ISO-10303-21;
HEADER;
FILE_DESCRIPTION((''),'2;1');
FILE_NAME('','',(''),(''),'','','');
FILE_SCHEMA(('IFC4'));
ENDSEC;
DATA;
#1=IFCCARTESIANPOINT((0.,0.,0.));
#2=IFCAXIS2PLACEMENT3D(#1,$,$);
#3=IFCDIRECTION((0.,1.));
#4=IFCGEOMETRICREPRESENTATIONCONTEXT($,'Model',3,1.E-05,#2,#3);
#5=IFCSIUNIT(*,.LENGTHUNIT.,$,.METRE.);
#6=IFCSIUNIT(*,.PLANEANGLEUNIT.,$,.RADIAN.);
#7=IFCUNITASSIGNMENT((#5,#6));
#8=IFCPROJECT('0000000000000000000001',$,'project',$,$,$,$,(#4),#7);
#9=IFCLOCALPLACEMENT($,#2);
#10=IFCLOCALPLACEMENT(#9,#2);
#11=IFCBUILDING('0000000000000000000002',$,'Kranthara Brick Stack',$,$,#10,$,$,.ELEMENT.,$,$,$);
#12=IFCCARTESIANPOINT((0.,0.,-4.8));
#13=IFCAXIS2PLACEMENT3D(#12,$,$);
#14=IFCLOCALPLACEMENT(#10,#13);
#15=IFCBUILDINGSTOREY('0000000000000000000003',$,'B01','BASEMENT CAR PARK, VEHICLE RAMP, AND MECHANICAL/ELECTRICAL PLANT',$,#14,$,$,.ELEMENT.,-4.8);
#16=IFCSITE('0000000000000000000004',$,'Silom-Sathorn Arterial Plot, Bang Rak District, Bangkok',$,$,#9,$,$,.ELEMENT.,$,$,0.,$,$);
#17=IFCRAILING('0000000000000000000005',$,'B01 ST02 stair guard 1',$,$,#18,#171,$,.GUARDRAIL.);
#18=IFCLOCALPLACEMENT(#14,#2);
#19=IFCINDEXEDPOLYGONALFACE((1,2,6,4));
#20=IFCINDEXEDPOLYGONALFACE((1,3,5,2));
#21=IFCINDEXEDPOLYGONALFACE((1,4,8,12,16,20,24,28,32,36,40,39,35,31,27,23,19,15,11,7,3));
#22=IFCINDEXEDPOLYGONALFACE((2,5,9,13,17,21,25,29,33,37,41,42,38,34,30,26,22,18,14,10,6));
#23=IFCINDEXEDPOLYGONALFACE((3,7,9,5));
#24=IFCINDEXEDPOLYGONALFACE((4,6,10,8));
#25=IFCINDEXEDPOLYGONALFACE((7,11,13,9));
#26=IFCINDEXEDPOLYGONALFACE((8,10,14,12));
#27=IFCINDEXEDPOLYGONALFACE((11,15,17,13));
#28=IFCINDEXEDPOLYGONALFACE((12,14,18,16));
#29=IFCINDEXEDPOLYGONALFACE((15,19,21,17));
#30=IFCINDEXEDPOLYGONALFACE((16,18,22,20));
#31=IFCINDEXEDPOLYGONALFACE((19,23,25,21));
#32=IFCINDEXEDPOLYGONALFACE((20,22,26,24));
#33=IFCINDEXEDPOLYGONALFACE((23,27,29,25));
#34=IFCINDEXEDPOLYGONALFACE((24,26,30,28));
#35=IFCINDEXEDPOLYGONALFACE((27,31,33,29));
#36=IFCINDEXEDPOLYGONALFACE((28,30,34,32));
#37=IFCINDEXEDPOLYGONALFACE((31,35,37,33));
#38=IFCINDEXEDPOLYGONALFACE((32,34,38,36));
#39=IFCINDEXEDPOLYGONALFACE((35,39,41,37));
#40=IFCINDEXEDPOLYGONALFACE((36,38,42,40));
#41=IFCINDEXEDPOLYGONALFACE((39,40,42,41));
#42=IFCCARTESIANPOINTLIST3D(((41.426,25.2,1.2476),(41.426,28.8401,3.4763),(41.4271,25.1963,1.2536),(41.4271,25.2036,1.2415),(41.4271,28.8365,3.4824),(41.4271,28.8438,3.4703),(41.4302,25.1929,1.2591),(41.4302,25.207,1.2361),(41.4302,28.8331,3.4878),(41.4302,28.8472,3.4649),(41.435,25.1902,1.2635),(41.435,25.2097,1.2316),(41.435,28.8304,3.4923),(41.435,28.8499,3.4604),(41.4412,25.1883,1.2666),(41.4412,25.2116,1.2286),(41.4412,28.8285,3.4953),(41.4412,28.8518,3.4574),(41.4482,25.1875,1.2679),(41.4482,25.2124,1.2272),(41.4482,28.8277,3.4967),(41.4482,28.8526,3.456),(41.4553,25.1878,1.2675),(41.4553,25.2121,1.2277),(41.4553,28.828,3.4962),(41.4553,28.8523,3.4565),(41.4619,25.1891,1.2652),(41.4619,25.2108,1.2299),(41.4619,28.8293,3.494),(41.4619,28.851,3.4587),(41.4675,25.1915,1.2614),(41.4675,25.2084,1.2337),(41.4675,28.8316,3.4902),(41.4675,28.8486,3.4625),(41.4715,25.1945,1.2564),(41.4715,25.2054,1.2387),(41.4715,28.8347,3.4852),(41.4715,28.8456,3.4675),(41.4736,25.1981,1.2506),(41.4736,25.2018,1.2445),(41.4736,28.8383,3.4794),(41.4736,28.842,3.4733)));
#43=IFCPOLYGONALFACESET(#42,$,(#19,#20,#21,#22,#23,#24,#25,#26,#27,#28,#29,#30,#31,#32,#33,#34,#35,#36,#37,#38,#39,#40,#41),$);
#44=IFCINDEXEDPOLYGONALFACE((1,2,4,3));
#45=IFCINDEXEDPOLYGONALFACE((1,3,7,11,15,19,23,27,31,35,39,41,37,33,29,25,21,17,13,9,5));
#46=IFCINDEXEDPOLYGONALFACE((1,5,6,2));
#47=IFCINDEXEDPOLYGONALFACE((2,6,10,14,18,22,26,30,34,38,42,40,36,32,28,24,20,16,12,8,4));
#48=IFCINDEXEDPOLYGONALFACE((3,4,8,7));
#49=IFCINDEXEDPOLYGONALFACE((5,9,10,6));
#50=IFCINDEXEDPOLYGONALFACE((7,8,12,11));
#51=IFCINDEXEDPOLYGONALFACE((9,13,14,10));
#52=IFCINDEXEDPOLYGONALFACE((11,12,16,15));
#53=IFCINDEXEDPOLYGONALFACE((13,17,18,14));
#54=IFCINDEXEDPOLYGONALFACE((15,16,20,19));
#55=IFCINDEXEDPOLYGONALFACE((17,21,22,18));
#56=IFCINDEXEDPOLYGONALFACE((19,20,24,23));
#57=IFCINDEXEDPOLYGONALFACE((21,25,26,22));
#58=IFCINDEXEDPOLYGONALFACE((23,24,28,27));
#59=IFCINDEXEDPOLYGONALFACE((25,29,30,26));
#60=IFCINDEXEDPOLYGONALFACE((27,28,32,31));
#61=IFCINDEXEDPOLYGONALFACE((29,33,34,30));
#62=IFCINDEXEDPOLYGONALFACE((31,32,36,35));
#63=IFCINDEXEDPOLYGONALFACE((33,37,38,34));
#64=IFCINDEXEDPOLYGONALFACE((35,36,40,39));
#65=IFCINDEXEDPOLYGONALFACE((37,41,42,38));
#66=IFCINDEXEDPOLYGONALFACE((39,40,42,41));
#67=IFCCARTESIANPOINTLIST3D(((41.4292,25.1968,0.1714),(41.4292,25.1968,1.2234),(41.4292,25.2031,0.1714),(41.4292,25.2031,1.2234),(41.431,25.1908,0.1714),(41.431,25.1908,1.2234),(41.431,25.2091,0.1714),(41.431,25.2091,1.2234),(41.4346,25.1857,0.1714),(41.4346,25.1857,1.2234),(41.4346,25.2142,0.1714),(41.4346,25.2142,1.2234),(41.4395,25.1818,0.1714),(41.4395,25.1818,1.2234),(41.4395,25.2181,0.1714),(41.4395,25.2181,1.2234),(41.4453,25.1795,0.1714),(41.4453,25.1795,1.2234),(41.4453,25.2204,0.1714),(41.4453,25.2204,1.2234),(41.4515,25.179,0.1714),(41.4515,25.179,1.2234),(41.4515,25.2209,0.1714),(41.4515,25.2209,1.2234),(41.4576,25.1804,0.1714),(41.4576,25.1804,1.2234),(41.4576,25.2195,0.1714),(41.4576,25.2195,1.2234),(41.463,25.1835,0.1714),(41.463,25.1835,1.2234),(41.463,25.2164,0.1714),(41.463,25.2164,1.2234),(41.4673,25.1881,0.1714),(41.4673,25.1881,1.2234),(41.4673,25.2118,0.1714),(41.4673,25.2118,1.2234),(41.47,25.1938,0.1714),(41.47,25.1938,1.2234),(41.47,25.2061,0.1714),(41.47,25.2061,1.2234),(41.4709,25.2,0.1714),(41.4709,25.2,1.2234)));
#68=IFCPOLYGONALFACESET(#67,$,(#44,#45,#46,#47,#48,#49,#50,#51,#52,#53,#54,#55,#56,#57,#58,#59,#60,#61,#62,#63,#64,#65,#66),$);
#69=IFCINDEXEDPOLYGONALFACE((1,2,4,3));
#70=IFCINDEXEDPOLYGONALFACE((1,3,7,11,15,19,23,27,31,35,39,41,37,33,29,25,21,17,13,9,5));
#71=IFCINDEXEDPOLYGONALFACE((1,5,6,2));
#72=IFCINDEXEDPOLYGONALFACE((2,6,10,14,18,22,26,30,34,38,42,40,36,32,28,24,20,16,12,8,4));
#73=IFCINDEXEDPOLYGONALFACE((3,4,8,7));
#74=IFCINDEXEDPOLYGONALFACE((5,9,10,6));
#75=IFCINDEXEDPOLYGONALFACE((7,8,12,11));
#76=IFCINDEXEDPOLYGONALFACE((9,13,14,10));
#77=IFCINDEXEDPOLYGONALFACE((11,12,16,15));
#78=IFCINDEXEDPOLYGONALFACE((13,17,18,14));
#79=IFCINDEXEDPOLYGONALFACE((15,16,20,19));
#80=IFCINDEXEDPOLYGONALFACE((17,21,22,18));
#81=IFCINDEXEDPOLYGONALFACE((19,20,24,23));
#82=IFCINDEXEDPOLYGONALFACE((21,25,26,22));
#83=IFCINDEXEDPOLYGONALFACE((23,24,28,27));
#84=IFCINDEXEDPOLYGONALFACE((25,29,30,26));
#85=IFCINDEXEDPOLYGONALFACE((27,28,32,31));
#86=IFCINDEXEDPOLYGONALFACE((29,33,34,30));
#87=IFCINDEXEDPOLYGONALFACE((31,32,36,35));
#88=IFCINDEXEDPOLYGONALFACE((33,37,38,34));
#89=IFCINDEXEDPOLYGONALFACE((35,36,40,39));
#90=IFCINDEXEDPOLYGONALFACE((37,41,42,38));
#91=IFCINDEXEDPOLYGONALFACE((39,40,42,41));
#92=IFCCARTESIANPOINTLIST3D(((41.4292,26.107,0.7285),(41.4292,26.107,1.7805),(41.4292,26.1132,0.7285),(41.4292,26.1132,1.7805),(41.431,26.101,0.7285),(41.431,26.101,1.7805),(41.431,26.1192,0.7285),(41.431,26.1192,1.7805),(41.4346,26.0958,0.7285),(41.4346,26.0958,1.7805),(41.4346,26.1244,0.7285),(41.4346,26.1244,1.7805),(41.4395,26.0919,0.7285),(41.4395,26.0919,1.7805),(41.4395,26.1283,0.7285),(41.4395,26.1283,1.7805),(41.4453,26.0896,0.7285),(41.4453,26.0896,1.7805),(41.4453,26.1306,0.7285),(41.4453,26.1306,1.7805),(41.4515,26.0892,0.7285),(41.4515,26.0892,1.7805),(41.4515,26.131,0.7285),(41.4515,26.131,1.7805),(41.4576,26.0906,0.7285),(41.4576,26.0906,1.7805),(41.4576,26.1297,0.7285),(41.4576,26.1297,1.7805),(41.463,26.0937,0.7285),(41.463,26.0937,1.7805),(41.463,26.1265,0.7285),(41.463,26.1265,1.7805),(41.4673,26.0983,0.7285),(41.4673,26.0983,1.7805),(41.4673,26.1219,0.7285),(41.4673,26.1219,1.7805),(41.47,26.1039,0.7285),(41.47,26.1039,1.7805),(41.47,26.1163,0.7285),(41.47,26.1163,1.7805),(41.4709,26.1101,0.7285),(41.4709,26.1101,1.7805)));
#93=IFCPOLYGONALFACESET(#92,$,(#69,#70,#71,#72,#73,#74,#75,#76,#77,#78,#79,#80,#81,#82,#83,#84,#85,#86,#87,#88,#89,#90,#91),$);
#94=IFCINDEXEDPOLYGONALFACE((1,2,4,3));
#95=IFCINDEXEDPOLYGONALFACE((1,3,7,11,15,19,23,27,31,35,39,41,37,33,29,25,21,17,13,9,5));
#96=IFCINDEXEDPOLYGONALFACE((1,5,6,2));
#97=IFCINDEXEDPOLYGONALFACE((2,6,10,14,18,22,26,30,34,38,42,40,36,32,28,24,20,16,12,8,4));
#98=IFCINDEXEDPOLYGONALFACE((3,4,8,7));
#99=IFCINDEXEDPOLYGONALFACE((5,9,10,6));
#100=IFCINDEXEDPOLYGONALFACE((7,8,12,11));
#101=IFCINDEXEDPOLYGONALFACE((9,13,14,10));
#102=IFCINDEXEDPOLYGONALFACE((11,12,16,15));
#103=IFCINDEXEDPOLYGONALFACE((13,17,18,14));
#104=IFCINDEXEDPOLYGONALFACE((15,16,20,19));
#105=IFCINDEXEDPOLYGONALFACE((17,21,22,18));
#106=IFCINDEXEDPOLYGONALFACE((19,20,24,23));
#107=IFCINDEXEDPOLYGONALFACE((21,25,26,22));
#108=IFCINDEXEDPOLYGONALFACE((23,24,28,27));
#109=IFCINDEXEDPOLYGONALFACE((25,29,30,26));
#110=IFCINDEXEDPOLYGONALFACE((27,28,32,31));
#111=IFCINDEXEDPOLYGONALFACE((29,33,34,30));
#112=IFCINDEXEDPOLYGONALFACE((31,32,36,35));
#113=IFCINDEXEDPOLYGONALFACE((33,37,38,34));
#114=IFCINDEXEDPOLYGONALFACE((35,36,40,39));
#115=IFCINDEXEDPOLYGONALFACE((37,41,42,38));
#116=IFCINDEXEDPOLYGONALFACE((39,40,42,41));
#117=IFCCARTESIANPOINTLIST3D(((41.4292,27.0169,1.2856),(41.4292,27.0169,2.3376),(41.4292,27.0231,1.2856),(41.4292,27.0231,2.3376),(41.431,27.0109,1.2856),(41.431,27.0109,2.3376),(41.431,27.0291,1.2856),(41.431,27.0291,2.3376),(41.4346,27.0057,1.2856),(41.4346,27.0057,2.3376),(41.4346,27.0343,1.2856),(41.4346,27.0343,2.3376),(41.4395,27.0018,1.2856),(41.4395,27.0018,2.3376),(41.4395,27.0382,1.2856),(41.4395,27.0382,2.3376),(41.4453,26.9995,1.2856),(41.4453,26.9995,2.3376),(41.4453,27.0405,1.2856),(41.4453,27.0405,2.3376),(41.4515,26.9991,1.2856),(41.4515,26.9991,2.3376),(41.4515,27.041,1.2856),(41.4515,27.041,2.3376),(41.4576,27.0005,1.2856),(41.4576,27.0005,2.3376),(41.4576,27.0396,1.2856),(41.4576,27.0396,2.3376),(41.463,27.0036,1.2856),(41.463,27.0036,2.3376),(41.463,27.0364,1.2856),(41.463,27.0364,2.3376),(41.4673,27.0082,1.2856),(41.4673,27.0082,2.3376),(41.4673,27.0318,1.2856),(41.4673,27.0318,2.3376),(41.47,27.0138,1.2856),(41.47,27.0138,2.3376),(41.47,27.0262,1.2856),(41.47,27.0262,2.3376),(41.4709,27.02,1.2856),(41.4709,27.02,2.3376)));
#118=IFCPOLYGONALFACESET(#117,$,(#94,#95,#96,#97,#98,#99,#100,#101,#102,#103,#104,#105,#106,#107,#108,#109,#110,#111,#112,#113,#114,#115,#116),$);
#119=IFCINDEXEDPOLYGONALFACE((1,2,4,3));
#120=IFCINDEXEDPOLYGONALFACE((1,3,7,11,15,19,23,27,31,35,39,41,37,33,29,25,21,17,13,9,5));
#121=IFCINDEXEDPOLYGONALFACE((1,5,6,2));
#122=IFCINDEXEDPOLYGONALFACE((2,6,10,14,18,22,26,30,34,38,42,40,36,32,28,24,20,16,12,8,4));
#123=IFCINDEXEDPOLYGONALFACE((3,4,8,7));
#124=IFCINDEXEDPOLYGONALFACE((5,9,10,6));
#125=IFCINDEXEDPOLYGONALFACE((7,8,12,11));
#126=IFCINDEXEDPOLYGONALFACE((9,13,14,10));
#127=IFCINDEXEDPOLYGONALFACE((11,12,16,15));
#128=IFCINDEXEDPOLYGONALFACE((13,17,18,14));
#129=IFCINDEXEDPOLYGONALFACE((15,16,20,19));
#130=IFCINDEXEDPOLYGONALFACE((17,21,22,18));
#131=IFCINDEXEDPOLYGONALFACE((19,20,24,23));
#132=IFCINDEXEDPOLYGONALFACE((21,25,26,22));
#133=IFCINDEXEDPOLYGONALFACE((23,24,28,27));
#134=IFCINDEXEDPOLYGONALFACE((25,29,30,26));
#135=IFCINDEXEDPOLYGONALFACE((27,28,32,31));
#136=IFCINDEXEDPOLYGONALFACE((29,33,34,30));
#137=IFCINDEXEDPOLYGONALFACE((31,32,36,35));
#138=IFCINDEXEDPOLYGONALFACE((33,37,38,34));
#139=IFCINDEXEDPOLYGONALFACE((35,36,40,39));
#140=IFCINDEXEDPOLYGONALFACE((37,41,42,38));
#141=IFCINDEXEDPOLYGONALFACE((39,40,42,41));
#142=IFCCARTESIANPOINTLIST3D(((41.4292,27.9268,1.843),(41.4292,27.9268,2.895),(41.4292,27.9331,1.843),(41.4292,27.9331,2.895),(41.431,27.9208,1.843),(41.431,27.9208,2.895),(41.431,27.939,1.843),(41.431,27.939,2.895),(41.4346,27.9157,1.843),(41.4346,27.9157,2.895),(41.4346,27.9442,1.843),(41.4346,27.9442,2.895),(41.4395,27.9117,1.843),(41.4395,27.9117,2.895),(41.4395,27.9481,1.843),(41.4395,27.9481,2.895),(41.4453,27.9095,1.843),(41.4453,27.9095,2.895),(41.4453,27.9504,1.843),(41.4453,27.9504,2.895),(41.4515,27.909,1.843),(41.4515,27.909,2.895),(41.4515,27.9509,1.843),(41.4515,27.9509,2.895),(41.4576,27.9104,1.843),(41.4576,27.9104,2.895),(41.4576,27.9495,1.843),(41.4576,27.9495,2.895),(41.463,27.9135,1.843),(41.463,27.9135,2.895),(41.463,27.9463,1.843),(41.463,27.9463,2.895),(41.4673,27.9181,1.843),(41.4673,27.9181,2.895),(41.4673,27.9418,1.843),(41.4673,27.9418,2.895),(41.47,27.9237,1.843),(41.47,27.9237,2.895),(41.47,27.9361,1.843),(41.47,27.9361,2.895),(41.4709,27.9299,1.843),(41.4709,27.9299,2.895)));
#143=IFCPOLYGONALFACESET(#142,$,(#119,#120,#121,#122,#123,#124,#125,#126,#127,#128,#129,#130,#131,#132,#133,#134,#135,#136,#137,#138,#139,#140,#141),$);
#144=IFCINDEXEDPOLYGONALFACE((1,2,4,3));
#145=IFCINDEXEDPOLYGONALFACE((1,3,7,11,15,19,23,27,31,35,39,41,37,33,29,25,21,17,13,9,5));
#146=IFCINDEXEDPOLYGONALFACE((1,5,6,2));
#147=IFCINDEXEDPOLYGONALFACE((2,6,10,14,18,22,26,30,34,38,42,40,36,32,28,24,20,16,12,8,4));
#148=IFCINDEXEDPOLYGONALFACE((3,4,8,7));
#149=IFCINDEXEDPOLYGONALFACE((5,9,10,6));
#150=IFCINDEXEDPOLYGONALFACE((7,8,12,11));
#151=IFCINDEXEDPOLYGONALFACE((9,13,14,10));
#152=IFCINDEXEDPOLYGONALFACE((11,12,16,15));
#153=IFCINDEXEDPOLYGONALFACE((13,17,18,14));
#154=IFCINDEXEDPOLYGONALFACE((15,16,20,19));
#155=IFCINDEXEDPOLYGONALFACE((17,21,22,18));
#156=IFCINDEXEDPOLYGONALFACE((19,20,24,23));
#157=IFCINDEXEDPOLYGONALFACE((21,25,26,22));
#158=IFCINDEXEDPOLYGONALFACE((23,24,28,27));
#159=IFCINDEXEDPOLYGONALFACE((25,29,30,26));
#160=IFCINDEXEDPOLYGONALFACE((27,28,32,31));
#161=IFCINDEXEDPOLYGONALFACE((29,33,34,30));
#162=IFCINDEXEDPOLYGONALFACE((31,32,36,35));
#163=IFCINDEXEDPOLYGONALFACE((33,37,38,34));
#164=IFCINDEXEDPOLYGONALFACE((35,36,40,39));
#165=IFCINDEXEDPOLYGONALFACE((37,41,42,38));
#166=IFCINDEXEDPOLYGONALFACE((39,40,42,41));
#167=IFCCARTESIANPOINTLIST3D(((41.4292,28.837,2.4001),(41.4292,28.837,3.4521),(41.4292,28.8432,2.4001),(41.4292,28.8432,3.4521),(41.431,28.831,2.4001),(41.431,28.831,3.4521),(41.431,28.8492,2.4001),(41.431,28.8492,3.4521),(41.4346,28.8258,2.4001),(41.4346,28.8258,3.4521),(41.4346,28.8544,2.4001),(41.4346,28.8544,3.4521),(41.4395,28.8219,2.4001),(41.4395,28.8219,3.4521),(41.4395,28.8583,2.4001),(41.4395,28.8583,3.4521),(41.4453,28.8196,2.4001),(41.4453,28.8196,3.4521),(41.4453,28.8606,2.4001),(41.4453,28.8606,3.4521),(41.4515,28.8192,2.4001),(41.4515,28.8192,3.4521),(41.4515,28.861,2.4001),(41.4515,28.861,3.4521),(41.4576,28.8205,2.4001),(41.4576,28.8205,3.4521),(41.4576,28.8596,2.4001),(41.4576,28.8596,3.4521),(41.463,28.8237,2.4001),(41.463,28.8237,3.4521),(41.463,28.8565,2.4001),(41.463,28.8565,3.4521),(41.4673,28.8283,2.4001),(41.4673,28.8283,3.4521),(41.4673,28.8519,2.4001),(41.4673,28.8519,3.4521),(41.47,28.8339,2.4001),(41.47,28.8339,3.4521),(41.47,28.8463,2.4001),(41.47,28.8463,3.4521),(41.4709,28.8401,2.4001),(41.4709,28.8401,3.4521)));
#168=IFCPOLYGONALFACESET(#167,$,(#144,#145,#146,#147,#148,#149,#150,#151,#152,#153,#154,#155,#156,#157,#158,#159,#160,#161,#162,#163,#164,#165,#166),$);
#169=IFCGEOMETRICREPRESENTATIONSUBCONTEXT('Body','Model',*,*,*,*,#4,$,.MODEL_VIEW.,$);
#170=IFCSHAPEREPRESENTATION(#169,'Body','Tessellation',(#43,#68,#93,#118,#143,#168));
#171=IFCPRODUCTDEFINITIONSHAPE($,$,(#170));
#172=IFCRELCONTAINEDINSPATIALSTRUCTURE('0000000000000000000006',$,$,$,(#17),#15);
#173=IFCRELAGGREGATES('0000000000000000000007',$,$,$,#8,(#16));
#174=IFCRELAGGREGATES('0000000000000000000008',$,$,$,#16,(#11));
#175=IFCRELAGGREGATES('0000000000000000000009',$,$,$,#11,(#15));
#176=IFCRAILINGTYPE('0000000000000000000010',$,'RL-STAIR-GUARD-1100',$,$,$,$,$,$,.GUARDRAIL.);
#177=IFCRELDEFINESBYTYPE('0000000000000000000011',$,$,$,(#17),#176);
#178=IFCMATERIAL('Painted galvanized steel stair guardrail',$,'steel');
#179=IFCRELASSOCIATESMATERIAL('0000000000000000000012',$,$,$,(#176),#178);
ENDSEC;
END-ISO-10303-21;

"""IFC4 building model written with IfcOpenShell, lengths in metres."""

from ifc_helpers import new_model, si_unit, direction, frame, origin, origin_2d, place, context, subcontext, project, spatial, circle, extrude, material, type_object, element, save


model = new_model("IFC4")

# Units and contexts
model_context = context("Model", 3, precision=1e-05, world=origin(), true_north=direction((0.0, 1.0)))
body_context = subcontext(model_context, "Body", "Model", "MODEL_VIEW")
ifc_project = project(units=[si_unit("LENGTHUNIT", "METRE"), si_unit("PLANEANGLEUNIT", "RADIAN")], contexts=[model_context])

# Site, building, storey
site_placement = place(None, origin())
site = spatial("IfcSite", under=ifc_project, at=site_placement, Name="Silom-Sathorn Arterial Plot, Bang Rak District, Bangkok", CompositionType="ELEMENT", RefElevation=0.0)
building_placement = place(site_placement, origin())
building = spatial("IfcBuilding", under=site, at=building_placement, Name="Kranthara Brick Stack", CompositionType="ELEMENT")
storey_placement = place(building_placement, frame((0.0, 0.0, -4.8)))
storey = spatial("IfcBuildingStorey", under=building, at=storey_placement, Name="B01", Description="BASEMENT CAR PARK, VEHICLE RAMP, AND MECHANICAL/ELECTRICAL PLANT", CompositionType="ELEMENT", Elevation=-4.8)

# Railing
ifc_material_1 = material(Name="Painted galvanized steel stair guardrail", Category="steel")
railing_type = type_object("IfcRailingType", Name="RL-STAIR-GUARD-1100", PredefinedType="GUARDRAIL", material=ifc_material_1)
railing_1_placement = place(storey_placement, frame((41.45, 25.2, 0.1714)))
element("IfcRailing", 1, at=railing_1_placement, inside=storey, type_object=railing_type, Name="B01 ST02 stair guard 1", PredefinedType="GUARDRAIL", context=body_context, shape_type="SweptSolid", body=[
    extrude(circle(Radius=0.0239, at=origin_2d()), frame((0.0, 0.0, 1.0762), z_axis=(0.0, 0.85284, 0.522172), x_axis=(-1.0, 0.0, 0.0)), (0.0, 0.0, 1.0), 4.2683),
    extrude(circle(Radius=0.021, at=origin_2d()), origin(), (0.0, 0.0, 1.0), 1.052),
    extrude(circle(Radius=0.021, at=origin_2d()), frame((0.0, 0.9102, 0.5571)), (0.0, 0.0, 1.0), 1.052),
    extrude(circle(Radius=0.021, at=origin_2d()), frame((0.0, 1.8201, 1.1143)), (0.0, 0.0, 1.0), 1.052),
    extrude(circle(Radius=0.021, at=origin_2d()), frame((0.0, 2.73, 1.6716)), (0.0, 0.0, 1.0), 1.052),
    extrude(circle(Radius=0.021, at=origin_2d()), frame((0.0, 3.6401, 2.2288)), (0.0, 0.0, 1.0), 1.052),
])

save(model, "model.ifc")
